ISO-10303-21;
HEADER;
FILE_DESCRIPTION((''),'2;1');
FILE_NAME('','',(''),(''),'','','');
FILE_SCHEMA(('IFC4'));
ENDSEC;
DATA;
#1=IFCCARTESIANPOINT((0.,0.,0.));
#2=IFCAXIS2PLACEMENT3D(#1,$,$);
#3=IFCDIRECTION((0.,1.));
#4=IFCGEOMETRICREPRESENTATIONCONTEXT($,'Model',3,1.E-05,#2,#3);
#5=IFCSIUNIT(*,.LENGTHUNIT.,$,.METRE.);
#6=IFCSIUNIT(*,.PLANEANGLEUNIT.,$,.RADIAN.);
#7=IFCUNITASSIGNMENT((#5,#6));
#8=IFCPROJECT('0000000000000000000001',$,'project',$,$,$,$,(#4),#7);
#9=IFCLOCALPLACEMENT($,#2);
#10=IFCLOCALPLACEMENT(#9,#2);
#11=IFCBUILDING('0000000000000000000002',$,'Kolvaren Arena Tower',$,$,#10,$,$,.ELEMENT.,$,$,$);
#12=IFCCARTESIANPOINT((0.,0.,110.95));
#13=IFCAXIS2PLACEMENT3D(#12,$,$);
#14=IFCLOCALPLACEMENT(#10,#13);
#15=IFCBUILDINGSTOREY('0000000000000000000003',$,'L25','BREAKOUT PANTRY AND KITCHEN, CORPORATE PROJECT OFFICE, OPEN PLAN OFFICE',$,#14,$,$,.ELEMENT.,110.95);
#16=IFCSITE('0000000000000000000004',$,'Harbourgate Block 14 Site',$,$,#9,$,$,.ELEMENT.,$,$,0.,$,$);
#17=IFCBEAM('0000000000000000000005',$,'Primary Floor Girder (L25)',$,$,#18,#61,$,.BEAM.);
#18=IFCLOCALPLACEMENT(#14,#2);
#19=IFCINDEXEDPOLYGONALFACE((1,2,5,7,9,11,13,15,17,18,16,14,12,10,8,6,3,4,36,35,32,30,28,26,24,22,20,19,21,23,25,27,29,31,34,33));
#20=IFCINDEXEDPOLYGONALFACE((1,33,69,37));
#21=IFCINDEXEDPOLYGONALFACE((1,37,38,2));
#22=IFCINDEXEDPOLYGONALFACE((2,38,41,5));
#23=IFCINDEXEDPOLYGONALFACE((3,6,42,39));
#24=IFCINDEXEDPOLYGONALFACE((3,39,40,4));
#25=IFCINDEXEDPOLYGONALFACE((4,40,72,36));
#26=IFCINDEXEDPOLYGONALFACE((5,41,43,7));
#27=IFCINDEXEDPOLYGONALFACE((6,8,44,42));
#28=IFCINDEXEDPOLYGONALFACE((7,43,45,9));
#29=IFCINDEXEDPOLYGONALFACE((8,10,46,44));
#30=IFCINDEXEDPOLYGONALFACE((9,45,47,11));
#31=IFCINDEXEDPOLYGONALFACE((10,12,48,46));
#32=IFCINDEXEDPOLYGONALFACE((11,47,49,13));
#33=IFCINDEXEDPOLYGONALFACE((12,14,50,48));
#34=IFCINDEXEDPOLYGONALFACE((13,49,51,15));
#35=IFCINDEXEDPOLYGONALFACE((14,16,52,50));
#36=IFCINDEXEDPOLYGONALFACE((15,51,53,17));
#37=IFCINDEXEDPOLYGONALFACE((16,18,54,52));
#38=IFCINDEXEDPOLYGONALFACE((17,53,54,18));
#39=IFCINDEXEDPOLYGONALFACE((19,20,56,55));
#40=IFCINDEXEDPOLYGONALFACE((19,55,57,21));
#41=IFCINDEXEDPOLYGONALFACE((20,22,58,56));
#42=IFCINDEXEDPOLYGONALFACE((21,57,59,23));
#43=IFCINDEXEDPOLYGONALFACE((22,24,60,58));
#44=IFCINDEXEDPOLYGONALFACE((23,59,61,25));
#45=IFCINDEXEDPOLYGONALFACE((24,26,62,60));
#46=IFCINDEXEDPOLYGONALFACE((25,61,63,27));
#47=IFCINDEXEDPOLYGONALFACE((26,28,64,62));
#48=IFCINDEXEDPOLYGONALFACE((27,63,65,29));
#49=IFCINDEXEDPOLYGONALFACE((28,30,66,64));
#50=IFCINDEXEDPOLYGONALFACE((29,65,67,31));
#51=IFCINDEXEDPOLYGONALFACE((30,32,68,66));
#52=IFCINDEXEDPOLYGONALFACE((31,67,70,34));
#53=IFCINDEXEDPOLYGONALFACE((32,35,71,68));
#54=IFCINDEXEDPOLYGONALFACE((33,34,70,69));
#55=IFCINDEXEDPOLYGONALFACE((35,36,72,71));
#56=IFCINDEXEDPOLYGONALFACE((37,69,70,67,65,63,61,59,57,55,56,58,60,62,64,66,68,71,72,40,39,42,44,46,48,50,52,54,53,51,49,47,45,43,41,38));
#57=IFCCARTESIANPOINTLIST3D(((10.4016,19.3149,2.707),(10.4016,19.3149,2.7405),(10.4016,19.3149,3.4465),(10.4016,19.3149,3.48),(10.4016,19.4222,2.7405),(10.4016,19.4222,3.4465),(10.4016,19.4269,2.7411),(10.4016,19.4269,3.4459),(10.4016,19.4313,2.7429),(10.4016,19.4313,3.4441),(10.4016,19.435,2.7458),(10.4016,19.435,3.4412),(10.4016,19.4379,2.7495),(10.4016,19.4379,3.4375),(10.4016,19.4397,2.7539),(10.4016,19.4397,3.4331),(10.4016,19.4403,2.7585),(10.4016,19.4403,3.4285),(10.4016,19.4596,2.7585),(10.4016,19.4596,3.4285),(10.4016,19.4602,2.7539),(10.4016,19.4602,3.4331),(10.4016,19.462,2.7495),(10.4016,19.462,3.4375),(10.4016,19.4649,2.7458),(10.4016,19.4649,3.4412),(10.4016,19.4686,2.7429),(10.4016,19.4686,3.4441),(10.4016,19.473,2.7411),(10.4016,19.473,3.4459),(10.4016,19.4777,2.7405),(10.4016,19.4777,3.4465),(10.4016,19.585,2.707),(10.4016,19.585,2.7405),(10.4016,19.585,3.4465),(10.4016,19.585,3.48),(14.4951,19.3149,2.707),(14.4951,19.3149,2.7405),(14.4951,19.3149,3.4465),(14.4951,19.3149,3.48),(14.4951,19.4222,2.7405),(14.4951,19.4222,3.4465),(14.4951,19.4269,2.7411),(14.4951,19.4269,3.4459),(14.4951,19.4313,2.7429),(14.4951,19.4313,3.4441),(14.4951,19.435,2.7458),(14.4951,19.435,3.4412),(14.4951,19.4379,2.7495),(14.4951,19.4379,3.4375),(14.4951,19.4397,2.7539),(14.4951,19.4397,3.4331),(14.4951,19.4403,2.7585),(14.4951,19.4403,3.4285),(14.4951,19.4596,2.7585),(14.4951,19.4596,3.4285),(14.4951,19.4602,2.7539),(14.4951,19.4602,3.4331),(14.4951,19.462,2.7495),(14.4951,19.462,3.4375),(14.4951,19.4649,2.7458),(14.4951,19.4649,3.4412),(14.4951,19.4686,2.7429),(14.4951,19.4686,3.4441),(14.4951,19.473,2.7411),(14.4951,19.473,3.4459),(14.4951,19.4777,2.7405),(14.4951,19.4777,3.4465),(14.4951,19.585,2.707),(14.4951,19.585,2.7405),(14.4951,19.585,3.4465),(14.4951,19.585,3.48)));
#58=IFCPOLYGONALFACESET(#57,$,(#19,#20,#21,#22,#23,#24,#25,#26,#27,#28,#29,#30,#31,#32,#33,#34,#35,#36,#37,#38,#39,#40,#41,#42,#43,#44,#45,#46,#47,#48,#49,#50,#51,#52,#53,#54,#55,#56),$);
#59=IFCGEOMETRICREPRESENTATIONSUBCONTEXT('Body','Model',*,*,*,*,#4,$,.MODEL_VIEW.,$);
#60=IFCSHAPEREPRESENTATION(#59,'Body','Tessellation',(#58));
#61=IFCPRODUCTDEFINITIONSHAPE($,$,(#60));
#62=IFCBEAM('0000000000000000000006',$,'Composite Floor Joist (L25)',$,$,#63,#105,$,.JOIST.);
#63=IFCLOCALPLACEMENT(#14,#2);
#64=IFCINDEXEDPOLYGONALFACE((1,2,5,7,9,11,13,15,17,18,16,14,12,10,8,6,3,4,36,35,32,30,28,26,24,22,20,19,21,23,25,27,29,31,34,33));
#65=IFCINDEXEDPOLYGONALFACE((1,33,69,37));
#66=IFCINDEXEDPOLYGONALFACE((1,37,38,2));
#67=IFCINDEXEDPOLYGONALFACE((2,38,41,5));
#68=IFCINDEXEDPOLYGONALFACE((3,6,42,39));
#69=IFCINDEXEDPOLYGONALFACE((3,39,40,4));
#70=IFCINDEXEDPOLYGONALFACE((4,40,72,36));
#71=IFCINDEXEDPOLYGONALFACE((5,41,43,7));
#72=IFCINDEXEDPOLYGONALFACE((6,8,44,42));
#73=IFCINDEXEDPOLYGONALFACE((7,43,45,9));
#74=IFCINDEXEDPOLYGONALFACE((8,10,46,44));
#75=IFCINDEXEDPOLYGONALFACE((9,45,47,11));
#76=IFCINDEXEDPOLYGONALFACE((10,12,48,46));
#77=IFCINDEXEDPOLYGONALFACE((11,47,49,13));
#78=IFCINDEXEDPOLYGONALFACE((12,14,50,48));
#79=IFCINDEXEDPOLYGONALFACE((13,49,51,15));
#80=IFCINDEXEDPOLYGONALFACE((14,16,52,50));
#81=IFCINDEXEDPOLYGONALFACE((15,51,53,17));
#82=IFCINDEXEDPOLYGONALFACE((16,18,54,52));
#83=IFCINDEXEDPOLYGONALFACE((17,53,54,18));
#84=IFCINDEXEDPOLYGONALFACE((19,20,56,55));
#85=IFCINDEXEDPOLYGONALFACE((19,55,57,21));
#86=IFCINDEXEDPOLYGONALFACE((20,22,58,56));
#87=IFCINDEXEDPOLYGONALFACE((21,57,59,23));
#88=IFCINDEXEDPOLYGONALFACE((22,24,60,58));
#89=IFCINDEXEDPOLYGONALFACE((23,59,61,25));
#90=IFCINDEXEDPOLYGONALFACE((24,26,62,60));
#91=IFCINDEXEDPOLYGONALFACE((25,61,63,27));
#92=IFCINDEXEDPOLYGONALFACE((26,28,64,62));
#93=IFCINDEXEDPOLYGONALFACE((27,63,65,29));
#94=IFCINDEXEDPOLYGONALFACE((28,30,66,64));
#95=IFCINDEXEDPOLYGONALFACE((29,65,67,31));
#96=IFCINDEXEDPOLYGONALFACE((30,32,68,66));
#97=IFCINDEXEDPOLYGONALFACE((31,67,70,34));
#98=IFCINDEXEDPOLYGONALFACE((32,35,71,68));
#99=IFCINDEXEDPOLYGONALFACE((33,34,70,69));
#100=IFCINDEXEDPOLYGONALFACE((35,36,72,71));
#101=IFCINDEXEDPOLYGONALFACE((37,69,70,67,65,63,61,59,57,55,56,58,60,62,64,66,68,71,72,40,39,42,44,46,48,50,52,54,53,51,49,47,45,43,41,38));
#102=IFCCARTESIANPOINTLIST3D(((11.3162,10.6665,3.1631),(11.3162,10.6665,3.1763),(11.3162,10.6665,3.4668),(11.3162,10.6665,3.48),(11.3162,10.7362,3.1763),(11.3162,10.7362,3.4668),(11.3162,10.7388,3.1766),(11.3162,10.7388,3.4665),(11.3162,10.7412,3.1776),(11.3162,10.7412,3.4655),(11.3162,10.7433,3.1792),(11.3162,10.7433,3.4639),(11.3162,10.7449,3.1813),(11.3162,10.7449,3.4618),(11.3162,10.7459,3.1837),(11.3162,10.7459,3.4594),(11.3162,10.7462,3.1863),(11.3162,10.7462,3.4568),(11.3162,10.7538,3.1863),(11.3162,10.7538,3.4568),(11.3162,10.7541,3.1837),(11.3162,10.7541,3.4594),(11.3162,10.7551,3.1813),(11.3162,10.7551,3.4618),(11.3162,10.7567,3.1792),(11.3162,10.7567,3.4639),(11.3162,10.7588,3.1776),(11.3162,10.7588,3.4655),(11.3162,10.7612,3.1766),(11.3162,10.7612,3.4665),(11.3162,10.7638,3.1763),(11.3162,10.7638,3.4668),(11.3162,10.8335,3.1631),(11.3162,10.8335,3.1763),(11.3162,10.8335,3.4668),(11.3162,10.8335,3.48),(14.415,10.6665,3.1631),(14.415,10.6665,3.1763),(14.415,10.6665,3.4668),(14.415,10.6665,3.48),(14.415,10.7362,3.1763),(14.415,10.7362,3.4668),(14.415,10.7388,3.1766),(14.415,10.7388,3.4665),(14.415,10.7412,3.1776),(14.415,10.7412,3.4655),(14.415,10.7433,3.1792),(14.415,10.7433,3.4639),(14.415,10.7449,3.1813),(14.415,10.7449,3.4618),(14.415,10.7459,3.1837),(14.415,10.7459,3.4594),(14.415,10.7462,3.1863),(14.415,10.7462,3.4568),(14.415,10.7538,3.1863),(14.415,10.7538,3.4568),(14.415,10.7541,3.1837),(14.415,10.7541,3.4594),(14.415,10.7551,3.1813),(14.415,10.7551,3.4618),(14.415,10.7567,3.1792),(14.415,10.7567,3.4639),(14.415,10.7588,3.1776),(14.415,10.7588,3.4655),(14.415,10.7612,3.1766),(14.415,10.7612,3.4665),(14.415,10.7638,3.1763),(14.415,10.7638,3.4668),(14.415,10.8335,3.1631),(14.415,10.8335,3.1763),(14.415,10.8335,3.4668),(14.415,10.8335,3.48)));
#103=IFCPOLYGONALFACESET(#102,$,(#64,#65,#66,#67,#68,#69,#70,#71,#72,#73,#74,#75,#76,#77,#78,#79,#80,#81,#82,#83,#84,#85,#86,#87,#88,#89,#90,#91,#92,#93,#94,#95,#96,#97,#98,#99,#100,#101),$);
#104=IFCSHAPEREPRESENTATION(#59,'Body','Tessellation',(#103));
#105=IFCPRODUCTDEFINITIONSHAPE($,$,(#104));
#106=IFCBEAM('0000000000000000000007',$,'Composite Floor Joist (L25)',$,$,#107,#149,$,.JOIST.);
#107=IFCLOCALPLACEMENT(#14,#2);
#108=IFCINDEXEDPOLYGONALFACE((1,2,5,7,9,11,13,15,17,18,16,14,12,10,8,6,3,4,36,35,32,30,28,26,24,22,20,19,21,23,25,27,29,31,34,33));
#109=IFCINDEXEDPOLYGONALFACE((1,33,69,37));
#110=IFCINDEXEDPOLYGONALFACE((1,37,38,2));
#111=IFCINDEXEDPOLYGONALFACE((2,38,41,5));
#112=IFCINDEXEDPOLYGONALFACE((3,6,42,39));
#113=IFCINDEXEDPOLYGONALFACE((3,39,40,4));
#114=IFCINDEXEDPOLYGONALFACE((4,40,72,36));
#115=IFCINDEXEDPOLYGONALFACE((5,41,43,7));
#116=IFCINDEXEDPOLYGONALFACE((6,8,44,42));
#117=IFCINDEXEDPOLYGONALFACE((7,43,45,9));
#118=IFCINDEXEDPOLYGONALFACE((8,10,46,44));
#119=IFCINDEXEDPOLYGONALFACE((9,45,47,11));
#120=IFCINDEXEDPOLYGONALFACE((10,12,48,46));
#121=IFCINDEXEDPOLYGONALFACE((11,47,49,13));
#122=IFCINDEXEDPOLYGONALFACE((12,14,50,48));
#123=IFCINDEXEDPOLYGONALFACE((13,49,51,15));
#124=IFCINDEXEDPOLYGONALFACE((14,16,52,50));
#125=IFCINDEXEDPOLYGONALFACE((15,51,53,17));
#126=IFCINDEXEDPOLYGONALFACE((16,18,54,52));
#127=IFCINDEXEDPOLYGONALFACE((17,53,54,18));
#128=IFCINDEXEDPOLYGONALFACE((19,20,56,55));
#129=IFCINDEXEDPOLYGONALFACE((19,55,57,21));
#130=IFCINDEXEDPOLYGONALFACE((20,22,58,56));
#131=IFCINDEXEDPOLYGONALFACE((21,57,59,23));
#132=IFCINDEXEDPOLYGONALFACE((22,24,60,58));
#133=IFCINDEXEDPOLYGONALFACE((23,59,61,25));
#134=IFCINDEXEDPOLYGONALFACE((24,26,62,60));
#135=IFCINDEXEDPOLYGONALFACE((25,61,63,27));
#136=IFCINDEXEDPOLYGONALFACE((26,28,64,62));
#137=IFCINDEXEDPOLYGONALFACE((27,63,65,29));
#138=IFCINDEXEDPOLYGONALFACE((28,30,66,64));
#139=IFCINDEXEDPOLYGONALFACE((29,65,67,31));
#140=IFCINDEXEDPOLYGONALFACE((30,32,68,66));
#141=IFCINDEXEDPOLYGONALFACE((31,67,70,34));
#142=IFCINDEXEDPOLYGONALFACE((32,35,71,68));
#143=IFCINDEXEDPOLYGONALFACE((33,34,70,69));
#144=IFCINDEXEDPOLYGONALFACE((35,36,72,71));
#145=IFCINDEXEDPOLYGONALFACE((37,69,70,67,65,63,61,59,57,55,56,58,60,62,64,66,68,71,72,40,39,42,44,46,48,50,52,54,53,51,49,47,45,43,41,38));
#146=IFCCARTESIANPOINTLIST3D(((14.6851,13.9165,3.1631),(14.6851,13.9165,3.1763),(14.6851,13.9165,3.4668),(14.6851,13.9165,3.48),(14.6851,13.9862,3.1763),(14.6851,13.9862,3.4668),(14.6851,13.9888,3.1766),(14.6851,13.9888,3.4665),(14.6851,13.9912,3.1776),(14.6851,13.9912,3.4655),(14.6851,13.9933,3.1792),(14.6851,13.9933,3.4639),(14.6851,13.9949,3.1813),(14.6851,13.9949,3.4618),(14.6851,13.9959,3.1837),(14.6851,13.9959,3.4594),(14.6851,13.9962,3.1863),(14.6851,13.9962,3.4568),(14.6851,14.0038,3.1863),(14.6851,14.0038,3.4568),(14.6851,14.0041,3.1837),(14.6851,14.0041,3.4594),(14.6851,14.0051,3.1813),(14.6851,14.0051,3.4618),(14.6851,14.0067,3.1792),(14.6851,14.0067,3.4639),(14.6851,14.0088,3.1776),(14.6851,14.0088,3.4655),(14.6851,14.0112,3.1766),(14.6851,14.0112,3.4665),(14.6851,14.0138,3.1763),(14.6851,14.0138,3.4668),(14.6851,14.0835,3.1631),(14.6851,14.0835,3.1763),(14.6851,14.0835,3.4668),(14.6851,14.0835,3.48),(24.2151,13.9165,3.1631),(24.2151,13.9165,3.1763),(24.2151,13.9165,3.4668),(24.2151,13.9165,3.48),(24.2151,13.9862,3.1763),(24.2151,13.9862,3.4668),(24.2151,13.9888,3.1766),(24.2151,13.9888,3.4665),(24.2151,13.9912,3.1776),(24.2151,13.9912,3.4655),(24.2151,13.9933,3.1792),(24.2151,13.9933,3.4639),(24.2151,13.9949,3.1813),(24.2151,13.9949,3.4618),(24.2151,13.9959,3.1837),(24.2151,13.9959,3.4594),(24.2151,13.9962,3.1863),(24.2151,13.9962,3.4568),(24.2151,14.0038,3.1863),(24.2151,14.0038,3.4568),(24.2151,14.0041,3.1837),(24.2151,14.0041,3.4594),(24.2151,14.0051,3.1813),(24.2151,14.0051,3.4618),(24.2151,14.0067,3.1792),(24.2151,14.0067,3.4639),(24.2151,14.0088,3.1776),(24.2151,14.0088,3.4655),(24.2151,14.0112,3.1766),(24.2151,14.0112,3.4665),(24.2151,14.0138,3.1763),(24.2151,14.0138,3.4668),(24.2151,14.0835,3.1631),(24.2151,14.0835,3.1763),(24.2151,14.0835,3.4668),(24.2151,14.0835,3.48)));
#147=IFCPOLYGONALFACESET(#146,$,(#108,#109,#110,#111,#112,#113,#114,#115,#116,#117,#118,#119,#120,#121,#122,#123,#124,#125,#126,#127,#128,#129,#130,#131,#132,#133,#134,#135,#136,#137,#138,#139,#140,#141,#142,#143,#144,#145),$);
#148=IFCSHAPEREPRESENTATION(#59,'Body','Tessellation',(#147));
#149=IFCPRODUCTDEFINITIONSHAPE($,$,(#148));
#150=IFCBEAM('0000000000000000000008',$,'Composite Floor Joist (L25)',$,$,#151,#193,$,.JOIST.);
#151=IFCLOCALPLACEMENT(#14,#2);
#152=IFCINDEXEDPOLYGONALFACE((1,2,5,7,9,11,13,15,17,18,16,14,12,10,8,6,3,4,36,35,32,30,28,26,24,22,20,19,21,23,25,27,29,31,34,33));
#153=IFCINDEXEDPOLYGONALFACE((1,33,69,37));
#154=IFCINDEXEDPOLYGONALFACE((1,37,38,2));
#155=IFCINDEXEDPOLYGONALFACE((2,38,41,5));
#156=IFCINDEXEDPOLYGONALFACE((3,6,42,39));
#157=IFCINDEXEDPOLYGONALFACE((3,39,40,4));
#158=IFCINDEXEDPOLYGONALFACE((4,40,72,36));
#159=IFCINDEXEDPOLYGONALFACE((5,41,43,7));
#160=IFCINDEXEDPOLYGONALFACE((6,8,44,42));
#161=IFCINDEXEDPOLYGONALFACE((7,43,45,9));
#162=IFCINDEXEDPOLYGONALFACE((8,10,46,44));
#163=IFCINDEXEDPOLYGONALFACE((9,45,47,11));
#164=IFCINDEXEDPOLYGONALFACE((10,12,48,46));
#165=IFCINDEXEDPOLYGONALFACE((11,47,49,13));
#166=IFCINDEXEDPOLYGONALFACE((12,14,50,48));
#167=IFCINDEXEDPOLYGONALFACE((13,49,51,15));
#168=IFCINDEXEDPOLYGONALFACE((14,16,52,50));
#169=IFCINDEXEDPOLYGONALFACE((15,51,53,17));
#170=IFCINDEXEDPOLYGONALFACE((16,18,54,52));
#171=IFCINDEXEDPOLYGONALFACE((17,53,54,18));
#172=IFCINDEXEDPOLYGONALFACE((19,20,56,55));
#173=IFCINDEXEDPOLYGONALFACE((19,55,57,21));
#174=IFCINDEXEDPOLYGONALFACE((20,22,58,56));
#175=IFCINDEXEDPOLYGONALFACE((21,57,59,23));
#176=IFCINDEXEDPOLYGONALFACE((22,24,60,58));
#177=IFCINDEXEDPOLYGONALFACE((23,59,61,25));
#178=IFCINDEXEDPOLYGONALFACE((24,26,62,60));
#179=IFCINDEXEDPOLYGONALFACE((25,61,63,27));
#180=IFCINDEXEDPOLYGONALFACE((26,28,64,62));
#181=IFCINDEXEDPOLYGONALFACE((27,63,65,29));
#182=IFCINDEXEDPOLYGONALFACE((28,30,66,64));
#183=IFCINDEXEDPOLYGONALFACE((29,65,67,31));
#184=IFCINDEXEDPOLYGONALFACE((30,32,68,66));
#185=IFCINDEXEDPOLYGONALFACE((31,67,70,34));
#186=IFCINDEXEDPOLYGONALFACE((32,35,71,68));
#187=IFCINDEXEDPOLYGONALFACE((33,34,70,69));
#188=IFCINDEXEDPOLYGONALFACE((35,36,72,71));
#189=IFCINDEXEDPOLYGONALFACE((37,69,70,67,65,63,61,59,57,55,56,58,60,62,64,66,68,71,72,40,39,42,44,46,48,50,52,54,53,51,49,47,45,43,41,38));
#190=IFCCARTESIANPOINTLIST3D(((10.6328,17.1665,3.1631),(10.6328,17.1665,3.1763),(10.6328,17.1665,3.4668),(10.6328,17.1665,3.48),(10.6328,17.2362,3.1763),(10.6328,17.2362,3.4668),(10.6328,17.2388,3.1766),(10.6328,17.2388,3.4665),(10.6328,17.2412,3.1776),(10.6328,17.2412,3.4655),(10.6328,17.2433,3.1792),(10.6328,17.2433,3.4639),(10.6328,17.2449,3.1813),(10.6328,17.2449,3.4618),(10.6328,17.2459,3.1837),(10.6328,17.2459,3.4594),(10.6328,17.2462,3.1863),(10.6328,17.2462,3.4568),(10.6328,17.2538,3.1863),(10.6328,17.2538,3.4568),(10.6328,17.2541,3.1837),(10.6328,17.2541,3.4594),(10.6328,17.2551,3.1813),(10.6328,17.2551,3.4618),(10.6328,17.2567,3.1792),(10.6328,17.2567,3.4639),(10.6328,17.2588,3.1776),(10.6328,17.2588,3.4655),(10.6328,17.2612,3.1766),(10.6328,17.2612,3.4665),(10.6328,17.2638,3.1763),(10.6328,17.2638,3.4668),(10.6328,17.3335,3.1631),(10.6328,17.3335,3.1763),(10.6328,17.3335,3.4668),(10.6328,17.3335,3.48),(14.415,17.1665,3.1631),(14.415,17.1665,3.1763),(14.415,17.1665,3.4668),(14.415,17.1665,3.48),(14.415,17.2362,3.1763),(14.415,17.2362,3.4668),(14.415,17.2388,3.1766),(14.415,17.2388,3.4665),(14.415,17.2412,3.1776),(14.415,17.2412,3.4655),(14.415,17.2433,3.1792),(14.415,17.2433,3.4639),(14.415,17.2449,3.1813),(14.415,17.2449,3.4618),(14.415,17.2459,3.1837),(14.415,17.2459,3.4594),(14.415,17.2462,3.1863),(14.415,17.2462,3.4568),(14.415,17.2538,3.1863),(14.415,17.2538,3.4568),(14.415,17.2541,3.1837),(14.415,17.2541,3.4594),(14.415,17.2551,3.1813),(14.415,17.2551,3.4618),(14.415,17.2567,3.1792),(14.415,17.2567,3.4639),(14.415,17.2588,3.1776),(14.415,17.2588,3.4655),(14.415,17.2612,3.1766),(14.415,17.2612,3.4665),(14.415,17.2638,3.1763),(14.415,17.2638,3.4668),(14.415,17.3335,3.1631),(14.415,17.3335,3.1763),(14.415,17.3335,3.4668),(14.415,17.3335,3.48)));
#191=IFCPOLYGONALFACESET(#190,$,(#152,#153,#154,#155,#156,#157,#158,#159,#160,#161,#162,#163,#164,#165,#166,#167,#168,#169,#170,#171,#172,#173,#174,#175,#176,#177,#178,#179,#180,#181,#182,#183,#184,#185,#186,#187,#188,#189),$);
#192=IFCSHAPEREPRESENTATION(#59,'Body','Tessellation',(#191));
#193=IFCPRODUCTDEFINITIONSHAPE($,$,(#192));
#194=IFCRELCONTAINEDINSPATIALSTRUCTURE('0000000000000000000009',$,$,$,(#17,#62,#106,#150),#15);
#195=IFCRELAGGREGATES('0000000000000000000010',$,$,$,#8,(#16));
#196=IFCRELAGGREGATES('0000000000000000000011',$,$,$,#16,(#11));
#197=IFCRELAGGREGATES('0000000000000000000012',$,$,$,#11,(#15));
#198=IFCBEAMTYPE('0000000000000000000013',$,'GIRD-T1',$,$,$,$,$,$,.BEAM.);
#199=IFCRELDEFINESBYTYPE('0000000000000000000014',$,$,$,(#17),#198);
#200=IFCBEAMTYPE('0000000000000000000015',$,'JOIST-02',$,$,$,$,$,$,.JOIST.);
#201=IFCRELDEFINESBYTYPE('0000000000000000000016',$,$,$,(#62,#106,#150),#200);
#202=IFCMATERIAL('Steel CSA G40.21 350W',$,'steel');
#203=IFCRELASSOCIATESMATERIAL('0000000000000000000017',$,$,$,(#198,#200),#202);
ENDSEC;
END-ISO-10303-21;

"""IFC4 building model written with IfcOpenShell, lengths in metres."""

from ifc_helpers import new_model, si_unit, direction, frame, origin, origin_2d, place, context, subcontext, project, spatial, i_section, extrude, material, material_profile, profile_set, type_object, element, save


model = new_model("IFC4")

# Units and contexts
model_context = context("Model", 3, precision=1e-05, world=origin(), true_north=direction((0.0, 1.0)))
body_context = subcontext(model_context, "Body", "Model", "MODEL_VIEW")
ifc_project = project(units=[si_unit("LENGTHUNIT", "METRE"), si_unit("PLANEANGLEUNIT", "RADIAN")], contexts=[model_context])

# Site, building, storey
site_placement = place(None, origin())
site = spatial("IfcSite", under=ifc_project, at=site_placement, Name="Harbourgate Block 14 Site", CompositionType="ELEMENT", RefElevation=0.0)
building_placement = place(site_placement, origin())
building = spatial("IfcBuilding", under=site, at=building_placement, Name="Kolvaren Arena Tower", CompositionType="ELEMENT")
storey_placement = place(building_placement, frame((0.0, 0.0, 110.95)))
storey = spatial("IfcBuildingStorey", under=building, at=storey_placement, Name="L25", Description="BREAKOUT PANTRY AND KITCHEN, CORPORATE PROJECT OFFICE, OPEN PLAN OFFICE", CompositionType="ELEMENT", Elevation=110.95)

# Beams
ifc_material_1 = material(Name="Steel CSA G40.21 350W", Category="steel")
ifc_material_profile_1 = material_profile(ifc_material_1, i_section(OverallWidth=0.27, OverallDepth=0.7729, WebThickness=0.0193, FlangeThickness=0.0334, FilletRadius=0.0181, at=origin_2d()), Name="W760x257")
ifc_profile_set_1 = profile_set([ifc_material_profile_1], Name="Steel CSA G40.21 350W")
beam_type_1 = type_object("IfcBeamType", Name="GIRD-T1", PredefinedType="BEAM", material=ifc_profile_set_1)
beam_1_placement = place(storey_placement, frame((10.4016, 19.45, 3.0935), z_axis=(1.0, 0.0, 0.0), x_axis=(0.0, 1.0, 0.0)))
element("IfcBeam", 1, at=beam_1_placement, inside=storey, type_object=beam_type_1, Name="Primary Floor Girder (L25)", PredefinedType="BEAM", context=body_context, shape_type="SweptSolid", body=[
    extrude(i_section(OverallWidth=0.27, OverallDepth=0.7729, WebThickness=0.0193, FlangeThickness=0.0334, FilletRadius=0.0181, at=origin_2d()), origin(), (0.0, 0.0, 1.0), 4.0935),
])
ifc_material_profile_2 = material_profile(ifc_material_1, i_section(OverallWidth=0.167, OverallDepth=0.3169, WebThickness=0.0076, FlangeThickness=0.0132, FilletRadius=0.01, at=origin_2d()), Name="W310x52")
ifc_profile_set_2 = profile_set([ifc_material_profile_2], Name="Steel CSA G40.21 350W")
beam_type_2 = type_object("IfcBeamType", Name="JOIST-02", PredefinedType="JOIST", material=ifc_profile_set_2)
beam_2_placement = place(storey_placement, frame((11.3162, 10.75, 3.3215), z_axis=(1.0, 0.0, 0.0), x_axis=(0.0, 1.0, 0.0)))
element("IfcBeam", 2, at=beam_2_placement, inside=storey, type_object=beam_type_2, Name="Composite Floor Joist (L25)", PredefinedType="JOIST", context=body_context, shape_type="SweptSolid", body=[
    extrude(i_section(OverallWidth=0.167, OverallDepth=0.3169, WebThickness=0.0076, FlangeThickness=0.0132, FilletRadius=0.01, at=origin_2d()), origin(), (0.0, 0.0, 1.0), 3.0989),
])
beam_3_placement = place(storey_placement, frame((14.6851, 14.0, 3.3215), z_axis=(1.0, 0.0, 0.0), x_axis=(0.0, 1.0, 0.0)))
element("IfcBeam", 3, at=beam_3_placement, inside=storey, type_object=beam_type_2, Name="Composite Floor Joist (L25)", PredefinedType="JOIST", context=body_context, shape_type="SweptSolid", body=[
    extrude(i_section(OverallWidth=0.167, OverallDepth=0.3169, WebThickness=0.0076, FlangeThickness=0.0132, FilletRadius=0.01, at=origin_2d()), origin(), (0.0, 0.0, 1.0), 9.53),
])
beam_4_placement = place(storey_placement, frame((10.6328, 17.25, 3.3215), z_axis=(1.0, 0.0, 0.0), x_axis=(0.0, 1.0, 0.0)))
element("IfcBeam", 4, at=beam_4_placement, inside=storey, type_object=beam_type_2, Name="Composite Floor Joist (L25)", PredefinedType="JOIST", context=body_context, shape_type="SweptSolid", body=[
    extrude(i_section(OverallWidth=0.167, OverallDepth=0.3169, WebThickness=0.0076, FlangeThickness=0.0132, FilletRadius=0.01, at=origin_2d()), origin(), (0.0, 0.0, 1.0), 3.7822),
])

save(model, "model.ifc")
